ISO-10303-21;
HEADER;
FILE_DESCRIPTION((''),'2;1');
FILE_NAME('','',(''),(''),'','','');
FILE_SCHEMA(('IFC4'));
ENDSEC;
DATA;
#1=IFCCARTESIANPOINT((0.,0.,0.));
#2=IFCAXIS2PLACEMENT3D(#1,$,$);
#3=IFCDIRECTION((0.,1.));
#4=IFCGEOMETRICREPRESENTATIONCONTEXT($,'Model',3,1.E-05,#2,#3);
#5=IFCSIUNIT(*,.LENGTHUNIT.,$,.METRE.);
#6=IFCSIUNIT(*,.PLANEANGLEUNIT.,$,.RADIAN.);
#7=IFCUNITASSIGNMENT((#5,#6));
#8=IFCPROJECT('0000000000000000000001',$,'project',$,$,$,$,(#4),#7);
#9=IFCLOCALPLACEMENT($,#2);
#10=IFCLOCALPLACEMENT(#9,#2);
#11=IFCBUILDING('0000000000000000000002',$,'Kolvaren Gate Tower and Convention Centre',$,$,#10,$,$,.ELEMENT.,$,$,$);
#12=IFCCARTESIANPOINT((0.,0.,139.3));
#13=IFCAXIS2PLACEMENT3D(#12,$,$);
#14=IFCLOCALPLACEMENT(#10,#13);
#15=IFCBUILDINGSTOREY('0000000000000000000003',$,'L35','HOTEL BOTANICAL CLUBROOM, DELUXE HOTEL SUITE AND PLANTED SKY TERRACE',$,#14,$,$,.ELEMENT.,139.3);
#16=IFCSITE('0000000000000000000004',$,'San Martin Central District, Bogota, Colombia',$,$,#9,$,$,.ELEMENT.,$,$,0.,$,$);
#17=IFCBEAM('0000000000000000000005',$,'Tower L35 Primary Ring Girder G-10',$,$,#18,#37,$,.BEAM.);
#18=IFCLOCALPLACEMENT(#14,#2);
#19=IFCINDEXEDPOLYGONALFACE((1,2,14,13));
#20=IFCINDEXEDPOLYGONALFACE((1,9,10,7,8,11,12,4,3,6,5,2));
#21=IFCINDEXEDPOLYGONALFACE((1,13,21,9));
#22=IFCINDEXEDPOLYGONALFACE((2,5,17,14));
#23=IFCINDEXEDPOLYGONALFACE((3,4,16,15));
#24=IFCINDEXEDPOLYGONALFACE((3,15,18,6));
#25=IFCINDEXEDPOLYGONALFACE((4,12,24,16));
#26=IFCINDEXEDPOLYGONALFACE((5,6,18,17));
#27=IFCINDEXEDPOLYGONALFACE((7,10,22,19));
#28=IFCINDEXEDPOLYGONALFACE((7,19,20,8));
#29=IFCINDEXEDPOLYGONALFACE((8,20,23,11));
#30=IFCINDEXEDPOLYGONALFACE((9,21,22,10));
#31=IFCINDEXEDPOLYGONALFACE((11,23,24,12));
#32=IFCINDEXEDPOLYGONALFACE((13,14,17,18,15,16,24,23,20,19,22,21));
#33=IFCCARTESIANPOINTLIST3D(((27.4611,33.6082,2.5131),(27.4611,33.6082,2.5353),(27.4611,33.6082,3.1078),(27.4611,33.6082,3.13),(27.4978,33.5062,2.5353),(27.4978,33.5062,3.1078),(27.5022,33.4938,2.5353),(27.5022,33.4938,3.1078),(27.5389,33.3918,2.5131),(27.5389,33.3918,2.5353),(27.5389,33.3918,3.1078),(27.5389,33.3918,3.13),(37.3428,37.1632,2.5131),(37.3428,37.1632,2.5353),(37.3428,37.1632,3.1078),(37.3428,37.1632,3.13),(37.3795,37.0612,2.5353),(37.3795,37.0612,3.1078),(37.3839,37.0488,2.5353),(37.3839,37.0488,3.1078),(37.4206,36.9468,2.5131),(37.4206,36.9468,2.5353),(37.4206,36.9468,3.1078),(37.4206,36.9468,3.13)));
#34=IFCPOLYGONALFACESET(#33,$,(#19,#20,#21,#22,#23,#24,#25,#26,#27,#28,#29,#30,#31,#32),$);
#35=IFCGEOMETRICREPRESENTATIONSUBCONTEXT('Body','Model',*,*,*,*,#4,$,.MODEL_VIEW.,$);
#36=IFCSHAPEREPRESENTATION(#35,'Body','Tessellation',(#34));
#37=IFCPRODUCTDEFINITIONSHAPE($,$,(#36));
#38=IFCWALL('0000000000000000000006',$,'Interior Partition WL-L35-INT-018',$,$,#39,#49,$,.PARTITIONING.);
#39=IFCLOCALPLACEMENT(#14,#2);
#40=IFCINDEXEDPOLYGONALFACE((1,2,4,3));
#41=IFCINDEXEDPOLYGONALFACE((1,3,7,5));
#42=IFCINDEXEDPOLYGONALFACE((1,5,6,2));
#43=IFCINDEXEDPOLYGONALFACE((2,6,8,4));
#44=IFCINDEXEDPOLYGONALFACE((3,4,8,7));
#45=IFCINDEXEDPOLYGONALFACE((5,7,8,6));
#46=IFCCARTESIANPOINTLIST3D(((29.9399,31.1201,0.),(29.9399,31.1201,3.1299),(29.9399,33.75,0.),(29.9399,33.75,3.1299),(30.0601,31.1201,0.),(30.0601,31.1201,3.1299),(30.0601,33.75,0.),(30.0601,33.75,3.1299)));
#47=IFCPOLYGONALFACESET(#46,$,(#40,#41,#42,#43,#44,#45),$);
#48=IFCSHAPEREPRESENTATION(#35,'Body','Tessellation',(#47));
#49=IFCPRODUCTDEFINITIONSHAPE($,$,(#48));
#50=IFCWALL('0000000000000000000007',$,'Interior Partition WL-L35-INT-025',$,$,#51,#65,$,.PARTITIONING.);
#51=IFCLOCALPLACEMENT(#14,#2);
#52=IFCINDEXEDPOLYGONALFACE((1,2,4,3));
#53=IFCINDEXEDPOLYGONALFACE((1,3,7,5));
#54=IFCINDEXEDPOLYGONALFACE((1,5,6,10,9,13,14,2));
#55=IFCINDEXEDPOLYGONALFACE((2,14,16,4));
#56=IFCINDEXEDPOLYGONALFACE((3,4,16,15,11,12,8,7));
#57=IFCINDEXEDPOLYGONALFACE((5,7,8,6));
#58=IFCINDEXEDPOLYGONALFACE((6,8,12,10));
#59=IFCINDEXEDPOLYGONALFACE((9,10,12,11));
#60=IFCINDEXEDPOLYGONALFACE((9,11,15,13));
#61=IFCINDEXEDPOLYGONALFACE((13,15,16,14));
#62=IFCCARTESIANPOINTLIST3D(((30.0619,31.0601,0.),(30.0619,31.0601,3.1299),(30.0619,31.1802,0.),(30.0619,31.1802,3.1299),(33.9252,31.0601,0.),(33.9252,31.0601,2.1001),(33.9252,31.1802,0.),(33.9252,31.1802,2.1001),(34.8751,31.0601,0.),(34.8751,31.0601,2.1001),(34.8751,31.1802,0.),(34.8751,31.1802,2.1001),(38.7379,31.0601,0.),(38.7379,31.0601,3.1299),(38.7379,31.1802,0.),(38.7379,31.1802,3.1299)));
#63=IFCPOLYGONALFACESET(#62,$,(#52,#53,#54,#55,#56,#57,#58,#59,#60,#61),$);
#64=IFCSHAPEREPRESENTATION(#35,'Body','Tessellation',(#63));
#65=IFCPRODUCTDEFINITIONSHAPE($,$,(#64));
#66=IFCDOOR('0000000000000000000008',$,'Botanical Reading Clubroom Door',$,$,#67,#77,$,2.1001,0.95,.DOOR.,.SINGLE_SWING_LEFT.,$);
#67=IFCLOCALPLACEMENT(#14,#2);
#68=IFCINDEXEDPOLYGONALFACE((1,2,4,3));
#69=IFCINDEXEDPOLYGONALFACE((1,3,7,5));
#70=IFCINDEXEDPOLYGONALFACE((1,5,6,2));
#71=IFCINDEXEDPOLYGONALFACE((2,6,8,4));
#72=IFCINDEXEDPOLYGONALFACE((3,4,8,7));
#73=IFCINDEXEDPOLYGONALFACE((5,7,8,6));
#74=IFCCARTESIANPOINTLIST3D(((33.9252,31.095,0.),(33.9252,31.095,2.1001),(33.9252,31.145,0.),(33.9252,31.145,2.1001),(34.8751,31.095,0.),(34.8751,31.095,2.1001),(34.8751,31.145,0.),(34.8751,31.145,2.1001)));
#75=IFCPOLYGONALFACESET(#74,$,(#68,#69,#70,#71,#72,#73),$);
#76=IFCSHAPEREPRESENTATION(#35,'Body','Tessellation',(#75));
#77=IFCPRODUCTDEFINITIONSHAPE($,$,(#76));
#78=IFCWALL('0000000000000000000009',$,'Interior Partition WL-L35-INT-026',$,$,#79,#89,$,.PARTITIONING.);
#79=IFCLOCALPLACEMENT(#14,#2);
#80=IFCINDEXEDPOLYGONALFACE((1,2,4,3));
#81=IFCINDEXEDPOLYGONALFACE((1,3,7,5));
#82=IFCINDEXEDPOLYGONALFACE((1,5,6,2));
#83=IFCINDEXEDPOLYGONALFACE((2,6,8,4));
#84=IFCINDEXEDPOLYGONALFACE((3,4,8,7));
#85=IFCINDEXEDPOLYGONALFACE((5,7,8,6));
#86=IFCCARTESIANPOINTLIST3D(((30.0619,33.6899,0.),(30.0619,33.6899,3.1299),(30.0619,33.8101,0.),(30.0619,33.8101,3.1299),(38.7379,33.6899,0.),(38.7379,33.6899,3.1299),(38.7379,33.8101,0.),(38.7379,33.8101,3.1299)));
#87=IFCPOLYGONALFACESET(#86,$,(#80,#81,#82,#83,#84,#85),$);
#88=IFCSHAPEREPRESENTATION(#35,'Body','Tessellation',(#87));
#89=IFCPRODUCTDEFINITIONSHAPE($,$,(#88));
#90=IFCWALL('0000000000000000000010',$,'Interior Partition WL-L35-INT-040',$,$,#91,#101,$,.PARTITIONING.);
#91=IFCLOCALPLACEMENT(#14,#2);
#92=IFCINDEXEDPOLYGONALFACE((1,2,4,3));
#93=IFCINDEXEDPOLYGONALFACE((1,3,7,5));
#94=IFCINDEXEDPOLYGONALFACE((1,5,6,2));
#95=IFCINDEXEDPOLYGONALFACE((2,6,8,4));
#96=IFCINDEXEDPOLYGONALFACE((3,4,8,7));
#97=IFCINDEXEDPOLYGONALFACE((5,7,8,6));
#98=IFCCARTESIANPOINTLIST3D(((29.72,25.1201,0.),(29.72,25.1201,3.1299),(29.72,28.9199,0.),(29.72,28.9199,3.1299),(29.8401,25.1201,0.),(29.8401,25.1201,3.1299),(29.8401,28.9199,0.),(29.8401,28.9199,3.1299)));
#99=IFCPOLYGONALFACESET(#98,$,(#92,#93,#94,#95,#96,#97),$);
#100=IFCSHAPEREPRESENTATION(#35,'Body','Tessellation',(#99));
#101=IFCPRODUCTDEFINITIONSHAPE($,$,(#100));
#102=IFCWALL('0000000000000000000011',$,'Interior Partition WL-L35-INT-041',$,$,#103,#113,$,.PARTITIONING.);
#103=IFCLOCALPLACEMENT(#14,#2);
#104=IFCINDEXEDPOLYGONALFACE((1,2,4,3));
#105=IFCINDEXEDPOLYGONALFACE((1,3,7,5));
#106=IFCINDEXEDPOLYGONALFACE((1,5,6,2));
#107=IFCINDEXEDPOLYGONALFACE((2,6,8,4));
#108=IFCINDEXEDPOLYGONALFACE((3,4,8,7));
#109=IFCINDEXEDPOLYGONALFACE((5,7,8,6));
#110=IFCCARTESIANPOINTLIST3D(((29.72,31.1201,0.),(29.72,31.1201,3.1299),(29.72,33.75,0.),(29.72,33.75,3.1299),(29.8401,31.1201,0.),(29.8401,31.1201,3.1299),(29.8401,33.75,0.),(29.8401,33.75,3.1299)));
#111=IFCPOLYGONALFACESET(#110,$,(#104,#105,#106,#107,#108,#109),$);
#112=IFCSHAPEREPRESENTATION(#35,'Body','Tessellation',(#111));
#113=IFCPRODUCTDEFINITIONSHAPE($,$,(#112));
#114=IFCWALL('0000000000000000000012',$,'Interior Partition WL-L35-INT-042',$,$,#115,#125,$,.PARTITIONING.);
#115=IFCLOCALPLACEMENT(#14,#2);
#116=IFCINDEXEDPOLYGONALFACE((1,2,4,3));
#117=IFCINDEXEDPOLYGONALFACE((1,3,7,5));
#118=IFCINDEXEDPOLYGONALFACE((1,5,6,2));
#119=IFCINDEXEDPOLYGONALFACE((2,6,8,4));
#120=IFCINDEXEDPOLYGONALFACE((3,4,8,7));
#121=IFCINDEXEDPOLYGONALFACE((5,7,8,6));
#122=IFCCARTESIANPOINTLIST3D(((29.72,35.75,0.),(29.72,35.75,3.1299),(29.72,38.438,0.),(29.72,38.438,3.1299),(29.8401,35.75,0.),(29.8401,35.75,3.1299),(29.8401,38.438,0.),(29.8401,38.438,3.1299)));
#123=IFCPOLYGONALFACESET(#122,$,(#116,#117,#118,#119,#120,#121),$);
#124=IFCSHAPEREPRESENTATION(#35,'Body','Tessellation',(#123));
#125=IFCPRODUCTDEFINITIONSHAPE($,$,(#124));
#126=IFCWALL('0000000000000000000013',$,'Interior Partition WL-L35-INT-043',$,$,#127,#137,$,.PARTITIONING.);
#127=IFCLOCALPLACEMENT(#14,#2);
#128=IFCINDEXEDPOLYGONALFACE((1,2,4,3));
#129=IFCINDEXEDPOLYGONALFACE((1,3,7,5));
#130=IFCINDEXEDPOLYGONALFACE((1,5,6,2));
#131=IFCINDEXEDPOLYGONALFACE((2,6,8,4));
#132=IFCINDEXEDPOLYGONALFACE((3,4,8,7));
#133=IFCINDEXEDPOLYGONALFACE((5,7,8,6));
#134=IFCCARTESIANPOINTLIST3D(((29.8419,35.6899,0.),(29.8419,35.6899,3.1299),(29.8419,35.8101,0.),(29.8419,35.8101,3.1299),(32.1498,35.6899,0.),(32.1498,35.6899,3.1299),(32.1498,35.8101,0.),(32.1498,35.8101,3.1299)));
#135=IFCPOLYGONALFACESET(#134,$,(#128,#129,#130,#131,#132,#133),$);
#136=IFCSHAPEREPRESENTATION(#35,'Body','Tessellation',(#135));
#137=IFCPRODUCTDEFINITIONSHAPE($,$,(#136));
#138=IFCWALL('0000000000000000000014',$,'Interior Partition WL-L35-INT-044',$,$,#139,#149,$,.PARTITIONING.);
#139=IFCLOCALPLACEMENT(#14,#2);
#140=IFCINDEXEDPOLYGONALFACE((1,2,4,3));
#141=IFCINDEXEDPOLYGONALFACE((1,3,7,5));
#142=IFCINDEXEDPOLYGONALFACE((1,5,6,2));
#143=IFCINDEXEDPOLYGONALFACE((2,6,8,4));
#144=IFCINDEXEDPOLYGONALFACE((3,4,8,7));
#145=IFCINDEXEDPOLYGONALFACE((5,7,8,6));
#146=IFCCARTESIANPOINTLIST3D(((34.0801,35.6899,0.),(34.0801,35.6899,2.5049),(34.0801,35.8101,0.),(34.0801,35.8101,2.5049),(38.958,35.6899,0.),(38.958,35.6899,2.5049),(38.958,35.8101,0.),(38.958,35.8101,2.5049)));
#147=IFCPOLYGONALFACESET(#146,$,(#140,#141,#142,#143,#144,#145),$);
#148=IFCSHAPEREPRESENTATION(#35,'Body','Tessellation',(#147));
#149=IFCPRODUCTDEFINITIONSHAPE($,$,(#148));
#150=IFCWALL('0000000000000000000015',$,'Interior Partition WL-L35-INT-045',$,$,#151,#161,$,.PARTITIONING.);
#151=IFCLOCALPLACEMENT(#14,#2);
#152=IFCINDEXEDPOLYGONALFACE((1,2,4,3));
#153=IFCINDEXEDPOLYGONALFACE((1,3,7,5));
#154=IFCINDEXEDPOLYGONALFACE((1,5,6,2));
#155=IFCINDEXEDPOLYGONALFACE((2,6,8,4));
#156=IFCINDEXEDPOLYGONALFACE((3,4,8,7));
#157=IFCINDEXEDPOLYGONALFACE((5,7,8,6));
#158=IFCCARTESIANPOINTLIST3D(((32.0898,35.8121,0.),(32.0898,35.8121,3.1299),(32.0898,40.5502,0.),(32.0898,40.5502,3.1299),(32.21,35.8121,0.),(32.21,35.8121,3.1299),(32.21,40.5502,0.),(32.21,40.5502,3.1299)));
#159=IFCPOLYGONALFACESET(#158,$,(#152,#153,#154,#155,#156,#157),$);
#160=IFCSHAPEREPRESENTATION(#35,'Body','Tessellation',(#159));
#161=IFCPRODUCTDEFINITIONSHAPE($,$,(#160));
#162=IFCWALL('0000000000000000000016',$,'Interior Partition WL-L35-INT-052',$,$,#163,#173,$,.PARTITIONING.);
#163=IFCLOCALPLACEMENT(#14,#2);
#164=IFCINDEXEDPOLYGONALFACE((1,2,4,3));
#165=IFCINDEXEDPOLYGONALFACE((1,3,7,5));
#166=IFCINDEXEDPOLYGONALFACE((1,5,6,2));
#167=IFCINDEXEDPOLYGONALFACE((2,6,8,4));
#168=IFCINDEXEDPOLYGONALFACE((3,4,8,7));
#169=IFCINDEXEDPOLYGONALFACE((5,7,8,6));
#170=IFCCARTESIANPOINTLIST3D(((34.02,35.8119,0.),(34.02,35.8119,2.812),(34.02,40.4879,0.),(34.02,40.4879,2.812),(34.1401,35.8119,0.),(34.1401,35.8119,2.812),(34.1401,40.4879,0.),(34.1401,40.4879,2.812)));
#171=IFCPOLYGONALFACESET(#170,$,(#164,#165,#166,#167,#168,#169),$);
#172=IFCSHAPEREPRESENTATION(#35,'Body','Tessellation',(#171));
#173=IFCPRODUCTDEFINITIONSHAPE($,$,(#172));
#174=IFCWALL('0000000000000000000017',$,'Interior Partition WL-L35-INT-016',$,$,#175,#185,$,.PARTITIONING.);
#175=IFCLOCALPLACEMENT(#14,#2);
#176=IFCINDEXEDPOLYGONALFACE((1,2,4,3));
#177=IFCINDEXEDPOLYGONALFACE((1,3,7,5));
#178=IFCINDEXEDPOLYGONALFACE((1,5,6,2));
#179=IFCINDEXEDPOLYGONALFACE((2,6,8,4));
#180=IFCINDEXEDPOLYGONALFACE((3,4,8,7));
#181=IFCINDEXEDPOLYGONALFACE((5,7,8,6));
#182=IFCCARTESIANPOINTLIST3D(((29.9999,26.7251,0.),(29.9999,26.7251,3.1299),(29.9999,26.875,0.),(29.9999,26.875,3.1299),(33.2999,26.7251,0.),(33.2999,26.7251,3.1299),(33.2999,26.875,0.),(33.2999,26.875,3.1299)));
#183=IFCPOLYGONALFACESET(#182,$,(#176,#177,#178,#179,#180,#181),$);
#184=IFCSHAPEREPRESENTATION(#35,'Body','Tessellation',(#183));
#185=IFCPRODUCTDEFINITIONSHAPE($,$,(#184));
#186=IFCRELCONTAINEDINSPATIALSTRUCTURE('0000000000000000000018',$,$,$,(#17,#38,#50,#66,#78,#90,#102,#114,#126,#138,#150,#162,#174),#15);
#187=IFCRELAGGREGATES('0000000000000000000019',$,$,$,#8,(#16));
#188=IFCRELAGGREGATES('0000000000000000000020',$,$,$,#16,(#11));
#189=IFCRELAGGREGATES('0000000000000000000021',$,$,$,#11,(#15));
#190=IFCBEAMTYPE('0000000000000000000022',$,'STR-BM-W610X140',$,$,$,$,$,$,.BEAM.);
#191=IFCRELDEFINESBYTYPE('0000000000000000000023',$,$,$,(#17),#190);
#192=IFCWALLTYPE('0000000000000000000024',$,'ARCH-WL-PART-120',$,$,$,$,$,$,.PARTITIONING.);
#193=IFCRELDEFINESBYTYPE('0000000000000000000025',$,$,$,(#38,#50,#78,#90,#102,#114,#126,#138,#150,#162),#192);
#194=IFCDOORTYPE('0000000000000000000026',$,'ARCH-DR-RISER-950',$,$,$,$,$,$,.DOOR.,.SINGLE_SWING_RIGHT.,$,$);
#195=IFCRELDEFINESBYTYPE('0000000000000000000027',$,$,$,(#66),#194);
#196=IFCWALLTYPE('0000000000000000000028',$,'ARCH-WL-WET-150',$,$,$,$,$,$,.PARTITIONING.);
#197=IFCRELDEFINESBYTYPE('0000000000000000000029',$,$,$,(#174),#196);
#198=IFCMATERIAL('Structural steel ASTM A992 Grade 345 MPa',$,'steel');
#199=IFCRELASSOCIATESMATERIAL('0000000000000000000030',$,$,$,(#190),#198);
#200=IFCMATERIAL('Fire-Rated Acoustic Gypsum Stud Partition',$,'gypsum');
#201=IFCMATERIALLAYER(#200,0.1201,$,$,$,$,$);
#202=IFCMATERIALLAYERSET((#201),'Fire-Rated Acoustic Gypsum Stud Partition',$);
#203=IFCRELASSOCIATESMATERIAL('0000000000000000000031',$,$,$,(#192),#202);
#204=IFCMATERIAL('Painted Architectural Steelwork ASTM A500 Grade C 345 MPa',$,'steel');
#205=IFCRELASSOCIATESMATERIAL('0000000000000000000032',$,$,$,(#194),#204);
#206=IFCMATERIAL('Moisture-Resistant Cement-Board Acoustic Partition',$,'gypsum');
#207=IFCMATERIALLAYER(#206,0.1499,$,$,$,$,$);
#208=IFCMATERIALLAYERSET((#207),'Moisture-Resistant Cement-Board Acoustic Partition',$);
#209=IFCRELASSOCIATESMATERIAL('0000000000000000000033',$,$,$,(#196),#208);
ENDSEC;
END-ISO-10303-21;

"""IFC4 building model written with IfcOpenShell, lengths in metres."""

from ifc_helpers import new_model, si_unit, direction, frame, frame_2d, origin, origin_2d, place, context, subcontext, project, spatial, rectangle, i_section, extrude, material, layer, layer_set, material_profile, profile_set, type_object, element, fill, save


model = new_model("IFC4")

# Units and contexts
model_context = context("Model", 3, precision=1e-05, world=origin(), true_north=direction((0.0, 1.0)))
body_context = subcontext(model_context, "Body", "Model", "MODEL_VIEW")
ifc_project = project(units=[si_unit("LENGTHUNIT", "METRE"), si_unit("PLANEANGLEUNIT", "RADIAN")], contexts=[model_context])

# Site, building, storey
site_placement = place(None, origin())
site = spatial("IfcSite", under=ifc_project, at=site_placement, Name="San Martin Central District, Bogota, Colombia", CompositionType="ELEMENT", RefElevation=0.0)
building_placement = place(site_placement, origin())
building = spatial("IfcBuilding", under=site, at=building_placement, Name="Kolvaren Gate Tower and Convention Centre", CompositionType="ELEMENT")
storey_placement = place(building_placement, frame((0.0, 0.0, 139.3)))
storey = spatial("IfcBuildingStorey", under=building, at=storey_placement, Name="L35", Description="HOTEL BOTANICAL CLUBROOM, DELUXE HOTEL SUITE AND PLANTED SKY TERRACE", CompositionType="ELEMENT", Elevation=139.3)

# Beam
ifc_material_1 = material(Name="Structural steel ASTM A992 Grade 345 MPa", Category="steel")
ifc_material_profile = material_profile(ifc_material_1, i_section(OverallWidth=0.23, OverallDepth=0.6169, WebThickness=0.0132, FlangeThickness=0.0222, at=origin_2d()), Name="W610X140")
ifc_profile_set = profile_set([ifc_material_profile], Name="Structural steel ASTM A992 Grade 345 MPa")
beam_type = type_object("IfcBeamType", Name="STR-BM-W610X140", PredefinedType="BEAM", material=ifc_profile_set)
beam_placement = place(storey_placement, frame((27.5, 33.5, 2.8215), z_axis=(0.940961, 0.338514, 0.0), x_axis=(-0.338514, 0.940961, 0.0)))
element("IfcBeam", 1, at=beam_placement, inside=storey, type_object=beam_type, Name="Tower L35 Primary Ring Girder G-10", PredefinedType="BEAM", context=body_context, shape_type="SweptSolid", body=[
    extrude(i_section(OverallWidth=0.23, OverallDepth=0.6169, WebThickness=0.0132, FlangeThickness=0.0222, at=origin_2d()), origin(), (0.0, 0.0, 1.0), 10.5017),
])

# Wall
ifc_material_2 = material(Name="Fire-Rated Acoustic Gypsum Stud Partition", Category="gypsum")
ifc_layer_1 = layer(ifc_material_2, 0.1201)
ifc_layer_set_1 = layer_set([ifc_layer_1], Name="Fire-Rated Acoustic Gypsum Stud Partition")
wall_type_1 = type_object("IfcWallType", Name="ARCH-WL-PART-120", PredefinedType="PARTITIONING", material=ifc_layer_set_1)
wall_1_placement = place(storey_placement, frame((30.0, 31.1201, 0.0), z_axis=(0.0, 0.0, 1.0), x_axis=(0.0, 1.0, 0.0)))
element("IfcWall", 2, at=wall_1_placement, inside=storey, type_object=wall_type_1, Name="Interior Partition WL-L35-INT-018", PredefinedType="PARTITIONING", context=body_context, shape_type="SweptSolid", body=[
    extrude(rectangle(XDim=2.6299, YDim=0.1201, at=frame_2d((1.3149, 0.0))), origin(), (0.0, 0.0, 1.0), 3.1299),
])

# Wall, opening, door
wall_2_placement = place(storey_placement, frame((30.062, 31.1201, 0.0), z_axis=(0.0, 0.0, 1.0), x_axis=(1.0, 0.0, 0.0)))
wall_2 = element("IfcWall", 3, at=wall_2_placement, inside=storey, type_object=wall_type_1, Name="Interior Partition WL-L35-INT-025", PredefinedType="PARTITIONING", context=body_context, shape_type="SweptSolid", body=[
    extrude(rectangle(XDim=8.676, YDim=0.1201, at=frame_2d((4.3379, 0.0))), origin(), (0.0, 0.0, 1.0), 3.1299),
])
opening_1_placement = place(wall_2_placement, frame((3.863, 0.0, 0.0)))
opening_1 = element("IfcOpeningElement", 4, at=opening_1_placement, cuts=wall_2, PredefinedType="OPENING", context=body_context, shape_type="SweptSolid", body=[
    extrude(rectangle(XDim=0.95, YDim=2.1001, at=frame_2d((0.4751, 1.05))), frame((0.0, 0.0701, 0.0), z_axis=(0.0, -1.0, 0.0), x_axis=(1.0, 0.0, 0.0)), (0.0, 0.0, 1.0), 0.1401),
])
ifc_material_3 = material(Name="Painted Architectural Steelwork ASTM A500 Grade C 345 MPa", Category="steel")
door_type = type_object("IfcDoorType", Name="ARCH-DR-RISER-950", OperationType="SINGLE_SWING_RIGHT", PredefinedType="DOOR", material=ifc_material_3)
door_1_placement = place(opening_1_placement, origin())
door_1 = element("IfcDoor", 5, at=door_1_placement, inside=storey, type_object=door_type, Name="Botanical Reading Clubroom Door", OperationType="SINGLE_SWING_LEFT", OverallHeight=2.1001, OverallWidth=0.95, PredefinedType="DOOR", context=body_context, shape_type="SweptSolid", body=[
    extrude(rectangle(XDim=0.95, YDim=2.1001, at=frame_2d((0.4751, 1.05))), frame((0.0, 0.0249, 0.0), z_axis=(0.0, -1.0, 0.0), x_axis=(1.0, 0.0, 0.0)), (0.0, 0.0, 1.0), 0.05),
])
fill(opening_1, door_1)

# Walls
wall_3_placement = place(storey_placement, frame((30.062, 33.75, 0.0), z_axis=(0.0, 0.0, 1.0), x_axis=(1.0, 0.0, 0.0)))
element("IfcWall", 6, at=wall_3_placement, inside=storey, type_object=wall_type_1, Name="Interior Partition WL-L35-INT-026", PredefinedType="PARTITIONING", context=body_context, shape_type="SweptSolid", body=[
    extrude(rectangle(XDim=8.676, YDim=0.1201, at=frame_2d((4.3379, 0.0))), origin(), (0.0, 0.0, 1.0), 3.1299),
])
wall_4_placement = place(storey_placement, frame((29.78, 25.1201, 0.0), z_axis=(0.0, 0.0, 1.0), x_axis=(0.0, 1.0, 0.0)))
element("IfcWall", 7, at=wall_4_placement, inside=storey, type_object=wall_type_1, Name="Interior Partition WL-L35-INT-040", PredefinedType="PARTITIONING", context=body_context, shape_type="SweptSolid", body=[
    extrude(rectangle(XDim=3.7998, YDim=0.1201, at=frame_2d((1.8999, 0.0))), origin(), (0.0, 0.0, 1.0), 3.1299),
])
wall_5_placement = place(storey_placement, frame((29.78, 31.1201, 0.0), z_axis=(0.0, 0.0, 1.0), x_axis=(0.0, 1.0, 0.0)))
element("IfcWall", 8, at=wall_5_placement, inside=storey, type_object=wall_type_1, Name="Interior Partition WL-L35-INT-041", PredefinedType="PARTITIONING", context=body_context, shape_type="SweptSolid", body=[
    extrude(rectangle(XDim=2.6299, YDim=0.1201, at=frame_2d((1.3149, 0.0))), origin(), (0.0, 0.0, 1.0), 3.1299),
])
wall_6_placement = place(storey_placement, frame((29.78, 35.75, 0.0), z_axis=(0.0, 0.0, 1.0), x_axis=(0.0, 1.0, 0.0)))
element("IfcWall", 9, at=wall_6_placement, inside=storey, type_object=wall_type_1, Name="Interior Partition WL-L35-INT-042", PredefinedType="PARTITIONING", context=body_context, shape_type="SweptSolid", body=[
    extrude(rectangle(XDim=2.688, YDim=0.1201, at=frame_2d((1.344, 0.0))), origin(), (0.0, 0.0, 1.0), 3.1299),
])
wall_7_placement = place(storey_placement, frame((29.842, 35.75, 0.0), z_axis=(0.0, 0.0, 1.0), x_axis=(1.0, 0.0, 0.0)))
element("IfcWall", 10, at=wall_7_placement, inside=storey, type_object=wall_type_1, Name="Interior Partition WL-L35-INT-043", PredefinedType="PARTITIONING", context=body_context, shape_type="SweptSolid", body=[
    extrude(rectangle(XDim=2.3079, YDim=0.1201, at=frame_2d((1.1538, 0.0))), origin(), (0.0, 0.0, 1.0), 3.1299),
])
wall_8_placement = place(storey_placement, frame((34.0801, 35.75, 0.0), z_axis=(0.0, 0.0, 1.0), x_axis=(1.0, 0.0, 0.0)))
element("IfcWall", 11, at=wall_8_placement, inside=storey, type_object=wall_type_1, Name="Interior Partition WL-L35-INT-044", PredefinedType="PARTITIONING", context=body_context, shape_type="SweptSolid", body=[
    extrude(rectangle(XDim=4.8779, YDim=0.1201, at=frame_2d((2.439, 0.0))), origin(), (0.0, 0.0, 1.0), 2.5049),
])
wall_9_placement = place(storey_placement, frame((32.1499, 35.812, 0.0), z_axis=(0.0, 0.0, 1.0), x_axis=(0.0, 1.0, 0.0)))
element("IfcWall", 12, at=wall_9_placement, inside=storey, type_object=wall_type_1, Name="Interior Partition WL-L35-INT-045", PredefinedType="PARTITIONING", context=body_context, shape_type="SweptSolid", body=[
    extrude(rectangle(XDim=4.738, YDim=0.1201, at=frame_2d((2.3691, 0.0))), origin(), (0.0, 0.0, 1.0), 3.1299),
])
wall_10_placement = place(storey_placement, frame((34.0801, 35.812, 0.0), z_axis=(0.0, 0.0, 1.0), x_axis=(0.0, 1.0, 0.0)))
element("IfcWall", 13, at=wall_10_placement, inside=storey, type_object=wall_type_1, Name="Interior Partition WL-L35-INT-052", PredefinedType="PARTITIONING", context=body_context, shape_type="SweptSolid", body=[
    extrude(rectangle(XDim=4.676, YDim=0.1201, at=frame_2d((2.3379, 0.0))), origin(), (0.0, 0.0, 1.0), 2.812),
])
ifc_material_4 = material(Name="Moisture-Resistant Cement-Board Acoustic Partition", Category="gypsum")
ifc_layer_2 = layer(ifc_material_4, 0.1499)
ifc_layer_set_2 = layer_set([ifc_layer_2], Name="Moisture-Resistant Cement-Board Acoustic Partition")
wall_type_2 = type_object("IfcWallType", Name="ARCH-WL-WET-150", PredefinedType="PARTITIONING", material=ifc_layer_set_2)
wall_11_placement = place(storey_placement, frame((30.0, 26.8, 0.0), z_axis=(0.0, 0.0, 1.0), x_axis=(1.0, 0.0, 0.0)))
element("IfcWall", 14, at=wall_11_placement, inside=storey, type_object=wall_type_2, Name="Interior Partition WL-L35-INT-016", PredefinedType="PARTITIONING", context=body_context, shape_type="SweptSolid", body=[
    extrude(rectangle(XDim=3.3, YDim=0.1499, at=frame_2d((1.6499, 0.0))), origin(), (0.0, 0.0, 1.0), 3.1299),
])

save(model, "model.ifc")
